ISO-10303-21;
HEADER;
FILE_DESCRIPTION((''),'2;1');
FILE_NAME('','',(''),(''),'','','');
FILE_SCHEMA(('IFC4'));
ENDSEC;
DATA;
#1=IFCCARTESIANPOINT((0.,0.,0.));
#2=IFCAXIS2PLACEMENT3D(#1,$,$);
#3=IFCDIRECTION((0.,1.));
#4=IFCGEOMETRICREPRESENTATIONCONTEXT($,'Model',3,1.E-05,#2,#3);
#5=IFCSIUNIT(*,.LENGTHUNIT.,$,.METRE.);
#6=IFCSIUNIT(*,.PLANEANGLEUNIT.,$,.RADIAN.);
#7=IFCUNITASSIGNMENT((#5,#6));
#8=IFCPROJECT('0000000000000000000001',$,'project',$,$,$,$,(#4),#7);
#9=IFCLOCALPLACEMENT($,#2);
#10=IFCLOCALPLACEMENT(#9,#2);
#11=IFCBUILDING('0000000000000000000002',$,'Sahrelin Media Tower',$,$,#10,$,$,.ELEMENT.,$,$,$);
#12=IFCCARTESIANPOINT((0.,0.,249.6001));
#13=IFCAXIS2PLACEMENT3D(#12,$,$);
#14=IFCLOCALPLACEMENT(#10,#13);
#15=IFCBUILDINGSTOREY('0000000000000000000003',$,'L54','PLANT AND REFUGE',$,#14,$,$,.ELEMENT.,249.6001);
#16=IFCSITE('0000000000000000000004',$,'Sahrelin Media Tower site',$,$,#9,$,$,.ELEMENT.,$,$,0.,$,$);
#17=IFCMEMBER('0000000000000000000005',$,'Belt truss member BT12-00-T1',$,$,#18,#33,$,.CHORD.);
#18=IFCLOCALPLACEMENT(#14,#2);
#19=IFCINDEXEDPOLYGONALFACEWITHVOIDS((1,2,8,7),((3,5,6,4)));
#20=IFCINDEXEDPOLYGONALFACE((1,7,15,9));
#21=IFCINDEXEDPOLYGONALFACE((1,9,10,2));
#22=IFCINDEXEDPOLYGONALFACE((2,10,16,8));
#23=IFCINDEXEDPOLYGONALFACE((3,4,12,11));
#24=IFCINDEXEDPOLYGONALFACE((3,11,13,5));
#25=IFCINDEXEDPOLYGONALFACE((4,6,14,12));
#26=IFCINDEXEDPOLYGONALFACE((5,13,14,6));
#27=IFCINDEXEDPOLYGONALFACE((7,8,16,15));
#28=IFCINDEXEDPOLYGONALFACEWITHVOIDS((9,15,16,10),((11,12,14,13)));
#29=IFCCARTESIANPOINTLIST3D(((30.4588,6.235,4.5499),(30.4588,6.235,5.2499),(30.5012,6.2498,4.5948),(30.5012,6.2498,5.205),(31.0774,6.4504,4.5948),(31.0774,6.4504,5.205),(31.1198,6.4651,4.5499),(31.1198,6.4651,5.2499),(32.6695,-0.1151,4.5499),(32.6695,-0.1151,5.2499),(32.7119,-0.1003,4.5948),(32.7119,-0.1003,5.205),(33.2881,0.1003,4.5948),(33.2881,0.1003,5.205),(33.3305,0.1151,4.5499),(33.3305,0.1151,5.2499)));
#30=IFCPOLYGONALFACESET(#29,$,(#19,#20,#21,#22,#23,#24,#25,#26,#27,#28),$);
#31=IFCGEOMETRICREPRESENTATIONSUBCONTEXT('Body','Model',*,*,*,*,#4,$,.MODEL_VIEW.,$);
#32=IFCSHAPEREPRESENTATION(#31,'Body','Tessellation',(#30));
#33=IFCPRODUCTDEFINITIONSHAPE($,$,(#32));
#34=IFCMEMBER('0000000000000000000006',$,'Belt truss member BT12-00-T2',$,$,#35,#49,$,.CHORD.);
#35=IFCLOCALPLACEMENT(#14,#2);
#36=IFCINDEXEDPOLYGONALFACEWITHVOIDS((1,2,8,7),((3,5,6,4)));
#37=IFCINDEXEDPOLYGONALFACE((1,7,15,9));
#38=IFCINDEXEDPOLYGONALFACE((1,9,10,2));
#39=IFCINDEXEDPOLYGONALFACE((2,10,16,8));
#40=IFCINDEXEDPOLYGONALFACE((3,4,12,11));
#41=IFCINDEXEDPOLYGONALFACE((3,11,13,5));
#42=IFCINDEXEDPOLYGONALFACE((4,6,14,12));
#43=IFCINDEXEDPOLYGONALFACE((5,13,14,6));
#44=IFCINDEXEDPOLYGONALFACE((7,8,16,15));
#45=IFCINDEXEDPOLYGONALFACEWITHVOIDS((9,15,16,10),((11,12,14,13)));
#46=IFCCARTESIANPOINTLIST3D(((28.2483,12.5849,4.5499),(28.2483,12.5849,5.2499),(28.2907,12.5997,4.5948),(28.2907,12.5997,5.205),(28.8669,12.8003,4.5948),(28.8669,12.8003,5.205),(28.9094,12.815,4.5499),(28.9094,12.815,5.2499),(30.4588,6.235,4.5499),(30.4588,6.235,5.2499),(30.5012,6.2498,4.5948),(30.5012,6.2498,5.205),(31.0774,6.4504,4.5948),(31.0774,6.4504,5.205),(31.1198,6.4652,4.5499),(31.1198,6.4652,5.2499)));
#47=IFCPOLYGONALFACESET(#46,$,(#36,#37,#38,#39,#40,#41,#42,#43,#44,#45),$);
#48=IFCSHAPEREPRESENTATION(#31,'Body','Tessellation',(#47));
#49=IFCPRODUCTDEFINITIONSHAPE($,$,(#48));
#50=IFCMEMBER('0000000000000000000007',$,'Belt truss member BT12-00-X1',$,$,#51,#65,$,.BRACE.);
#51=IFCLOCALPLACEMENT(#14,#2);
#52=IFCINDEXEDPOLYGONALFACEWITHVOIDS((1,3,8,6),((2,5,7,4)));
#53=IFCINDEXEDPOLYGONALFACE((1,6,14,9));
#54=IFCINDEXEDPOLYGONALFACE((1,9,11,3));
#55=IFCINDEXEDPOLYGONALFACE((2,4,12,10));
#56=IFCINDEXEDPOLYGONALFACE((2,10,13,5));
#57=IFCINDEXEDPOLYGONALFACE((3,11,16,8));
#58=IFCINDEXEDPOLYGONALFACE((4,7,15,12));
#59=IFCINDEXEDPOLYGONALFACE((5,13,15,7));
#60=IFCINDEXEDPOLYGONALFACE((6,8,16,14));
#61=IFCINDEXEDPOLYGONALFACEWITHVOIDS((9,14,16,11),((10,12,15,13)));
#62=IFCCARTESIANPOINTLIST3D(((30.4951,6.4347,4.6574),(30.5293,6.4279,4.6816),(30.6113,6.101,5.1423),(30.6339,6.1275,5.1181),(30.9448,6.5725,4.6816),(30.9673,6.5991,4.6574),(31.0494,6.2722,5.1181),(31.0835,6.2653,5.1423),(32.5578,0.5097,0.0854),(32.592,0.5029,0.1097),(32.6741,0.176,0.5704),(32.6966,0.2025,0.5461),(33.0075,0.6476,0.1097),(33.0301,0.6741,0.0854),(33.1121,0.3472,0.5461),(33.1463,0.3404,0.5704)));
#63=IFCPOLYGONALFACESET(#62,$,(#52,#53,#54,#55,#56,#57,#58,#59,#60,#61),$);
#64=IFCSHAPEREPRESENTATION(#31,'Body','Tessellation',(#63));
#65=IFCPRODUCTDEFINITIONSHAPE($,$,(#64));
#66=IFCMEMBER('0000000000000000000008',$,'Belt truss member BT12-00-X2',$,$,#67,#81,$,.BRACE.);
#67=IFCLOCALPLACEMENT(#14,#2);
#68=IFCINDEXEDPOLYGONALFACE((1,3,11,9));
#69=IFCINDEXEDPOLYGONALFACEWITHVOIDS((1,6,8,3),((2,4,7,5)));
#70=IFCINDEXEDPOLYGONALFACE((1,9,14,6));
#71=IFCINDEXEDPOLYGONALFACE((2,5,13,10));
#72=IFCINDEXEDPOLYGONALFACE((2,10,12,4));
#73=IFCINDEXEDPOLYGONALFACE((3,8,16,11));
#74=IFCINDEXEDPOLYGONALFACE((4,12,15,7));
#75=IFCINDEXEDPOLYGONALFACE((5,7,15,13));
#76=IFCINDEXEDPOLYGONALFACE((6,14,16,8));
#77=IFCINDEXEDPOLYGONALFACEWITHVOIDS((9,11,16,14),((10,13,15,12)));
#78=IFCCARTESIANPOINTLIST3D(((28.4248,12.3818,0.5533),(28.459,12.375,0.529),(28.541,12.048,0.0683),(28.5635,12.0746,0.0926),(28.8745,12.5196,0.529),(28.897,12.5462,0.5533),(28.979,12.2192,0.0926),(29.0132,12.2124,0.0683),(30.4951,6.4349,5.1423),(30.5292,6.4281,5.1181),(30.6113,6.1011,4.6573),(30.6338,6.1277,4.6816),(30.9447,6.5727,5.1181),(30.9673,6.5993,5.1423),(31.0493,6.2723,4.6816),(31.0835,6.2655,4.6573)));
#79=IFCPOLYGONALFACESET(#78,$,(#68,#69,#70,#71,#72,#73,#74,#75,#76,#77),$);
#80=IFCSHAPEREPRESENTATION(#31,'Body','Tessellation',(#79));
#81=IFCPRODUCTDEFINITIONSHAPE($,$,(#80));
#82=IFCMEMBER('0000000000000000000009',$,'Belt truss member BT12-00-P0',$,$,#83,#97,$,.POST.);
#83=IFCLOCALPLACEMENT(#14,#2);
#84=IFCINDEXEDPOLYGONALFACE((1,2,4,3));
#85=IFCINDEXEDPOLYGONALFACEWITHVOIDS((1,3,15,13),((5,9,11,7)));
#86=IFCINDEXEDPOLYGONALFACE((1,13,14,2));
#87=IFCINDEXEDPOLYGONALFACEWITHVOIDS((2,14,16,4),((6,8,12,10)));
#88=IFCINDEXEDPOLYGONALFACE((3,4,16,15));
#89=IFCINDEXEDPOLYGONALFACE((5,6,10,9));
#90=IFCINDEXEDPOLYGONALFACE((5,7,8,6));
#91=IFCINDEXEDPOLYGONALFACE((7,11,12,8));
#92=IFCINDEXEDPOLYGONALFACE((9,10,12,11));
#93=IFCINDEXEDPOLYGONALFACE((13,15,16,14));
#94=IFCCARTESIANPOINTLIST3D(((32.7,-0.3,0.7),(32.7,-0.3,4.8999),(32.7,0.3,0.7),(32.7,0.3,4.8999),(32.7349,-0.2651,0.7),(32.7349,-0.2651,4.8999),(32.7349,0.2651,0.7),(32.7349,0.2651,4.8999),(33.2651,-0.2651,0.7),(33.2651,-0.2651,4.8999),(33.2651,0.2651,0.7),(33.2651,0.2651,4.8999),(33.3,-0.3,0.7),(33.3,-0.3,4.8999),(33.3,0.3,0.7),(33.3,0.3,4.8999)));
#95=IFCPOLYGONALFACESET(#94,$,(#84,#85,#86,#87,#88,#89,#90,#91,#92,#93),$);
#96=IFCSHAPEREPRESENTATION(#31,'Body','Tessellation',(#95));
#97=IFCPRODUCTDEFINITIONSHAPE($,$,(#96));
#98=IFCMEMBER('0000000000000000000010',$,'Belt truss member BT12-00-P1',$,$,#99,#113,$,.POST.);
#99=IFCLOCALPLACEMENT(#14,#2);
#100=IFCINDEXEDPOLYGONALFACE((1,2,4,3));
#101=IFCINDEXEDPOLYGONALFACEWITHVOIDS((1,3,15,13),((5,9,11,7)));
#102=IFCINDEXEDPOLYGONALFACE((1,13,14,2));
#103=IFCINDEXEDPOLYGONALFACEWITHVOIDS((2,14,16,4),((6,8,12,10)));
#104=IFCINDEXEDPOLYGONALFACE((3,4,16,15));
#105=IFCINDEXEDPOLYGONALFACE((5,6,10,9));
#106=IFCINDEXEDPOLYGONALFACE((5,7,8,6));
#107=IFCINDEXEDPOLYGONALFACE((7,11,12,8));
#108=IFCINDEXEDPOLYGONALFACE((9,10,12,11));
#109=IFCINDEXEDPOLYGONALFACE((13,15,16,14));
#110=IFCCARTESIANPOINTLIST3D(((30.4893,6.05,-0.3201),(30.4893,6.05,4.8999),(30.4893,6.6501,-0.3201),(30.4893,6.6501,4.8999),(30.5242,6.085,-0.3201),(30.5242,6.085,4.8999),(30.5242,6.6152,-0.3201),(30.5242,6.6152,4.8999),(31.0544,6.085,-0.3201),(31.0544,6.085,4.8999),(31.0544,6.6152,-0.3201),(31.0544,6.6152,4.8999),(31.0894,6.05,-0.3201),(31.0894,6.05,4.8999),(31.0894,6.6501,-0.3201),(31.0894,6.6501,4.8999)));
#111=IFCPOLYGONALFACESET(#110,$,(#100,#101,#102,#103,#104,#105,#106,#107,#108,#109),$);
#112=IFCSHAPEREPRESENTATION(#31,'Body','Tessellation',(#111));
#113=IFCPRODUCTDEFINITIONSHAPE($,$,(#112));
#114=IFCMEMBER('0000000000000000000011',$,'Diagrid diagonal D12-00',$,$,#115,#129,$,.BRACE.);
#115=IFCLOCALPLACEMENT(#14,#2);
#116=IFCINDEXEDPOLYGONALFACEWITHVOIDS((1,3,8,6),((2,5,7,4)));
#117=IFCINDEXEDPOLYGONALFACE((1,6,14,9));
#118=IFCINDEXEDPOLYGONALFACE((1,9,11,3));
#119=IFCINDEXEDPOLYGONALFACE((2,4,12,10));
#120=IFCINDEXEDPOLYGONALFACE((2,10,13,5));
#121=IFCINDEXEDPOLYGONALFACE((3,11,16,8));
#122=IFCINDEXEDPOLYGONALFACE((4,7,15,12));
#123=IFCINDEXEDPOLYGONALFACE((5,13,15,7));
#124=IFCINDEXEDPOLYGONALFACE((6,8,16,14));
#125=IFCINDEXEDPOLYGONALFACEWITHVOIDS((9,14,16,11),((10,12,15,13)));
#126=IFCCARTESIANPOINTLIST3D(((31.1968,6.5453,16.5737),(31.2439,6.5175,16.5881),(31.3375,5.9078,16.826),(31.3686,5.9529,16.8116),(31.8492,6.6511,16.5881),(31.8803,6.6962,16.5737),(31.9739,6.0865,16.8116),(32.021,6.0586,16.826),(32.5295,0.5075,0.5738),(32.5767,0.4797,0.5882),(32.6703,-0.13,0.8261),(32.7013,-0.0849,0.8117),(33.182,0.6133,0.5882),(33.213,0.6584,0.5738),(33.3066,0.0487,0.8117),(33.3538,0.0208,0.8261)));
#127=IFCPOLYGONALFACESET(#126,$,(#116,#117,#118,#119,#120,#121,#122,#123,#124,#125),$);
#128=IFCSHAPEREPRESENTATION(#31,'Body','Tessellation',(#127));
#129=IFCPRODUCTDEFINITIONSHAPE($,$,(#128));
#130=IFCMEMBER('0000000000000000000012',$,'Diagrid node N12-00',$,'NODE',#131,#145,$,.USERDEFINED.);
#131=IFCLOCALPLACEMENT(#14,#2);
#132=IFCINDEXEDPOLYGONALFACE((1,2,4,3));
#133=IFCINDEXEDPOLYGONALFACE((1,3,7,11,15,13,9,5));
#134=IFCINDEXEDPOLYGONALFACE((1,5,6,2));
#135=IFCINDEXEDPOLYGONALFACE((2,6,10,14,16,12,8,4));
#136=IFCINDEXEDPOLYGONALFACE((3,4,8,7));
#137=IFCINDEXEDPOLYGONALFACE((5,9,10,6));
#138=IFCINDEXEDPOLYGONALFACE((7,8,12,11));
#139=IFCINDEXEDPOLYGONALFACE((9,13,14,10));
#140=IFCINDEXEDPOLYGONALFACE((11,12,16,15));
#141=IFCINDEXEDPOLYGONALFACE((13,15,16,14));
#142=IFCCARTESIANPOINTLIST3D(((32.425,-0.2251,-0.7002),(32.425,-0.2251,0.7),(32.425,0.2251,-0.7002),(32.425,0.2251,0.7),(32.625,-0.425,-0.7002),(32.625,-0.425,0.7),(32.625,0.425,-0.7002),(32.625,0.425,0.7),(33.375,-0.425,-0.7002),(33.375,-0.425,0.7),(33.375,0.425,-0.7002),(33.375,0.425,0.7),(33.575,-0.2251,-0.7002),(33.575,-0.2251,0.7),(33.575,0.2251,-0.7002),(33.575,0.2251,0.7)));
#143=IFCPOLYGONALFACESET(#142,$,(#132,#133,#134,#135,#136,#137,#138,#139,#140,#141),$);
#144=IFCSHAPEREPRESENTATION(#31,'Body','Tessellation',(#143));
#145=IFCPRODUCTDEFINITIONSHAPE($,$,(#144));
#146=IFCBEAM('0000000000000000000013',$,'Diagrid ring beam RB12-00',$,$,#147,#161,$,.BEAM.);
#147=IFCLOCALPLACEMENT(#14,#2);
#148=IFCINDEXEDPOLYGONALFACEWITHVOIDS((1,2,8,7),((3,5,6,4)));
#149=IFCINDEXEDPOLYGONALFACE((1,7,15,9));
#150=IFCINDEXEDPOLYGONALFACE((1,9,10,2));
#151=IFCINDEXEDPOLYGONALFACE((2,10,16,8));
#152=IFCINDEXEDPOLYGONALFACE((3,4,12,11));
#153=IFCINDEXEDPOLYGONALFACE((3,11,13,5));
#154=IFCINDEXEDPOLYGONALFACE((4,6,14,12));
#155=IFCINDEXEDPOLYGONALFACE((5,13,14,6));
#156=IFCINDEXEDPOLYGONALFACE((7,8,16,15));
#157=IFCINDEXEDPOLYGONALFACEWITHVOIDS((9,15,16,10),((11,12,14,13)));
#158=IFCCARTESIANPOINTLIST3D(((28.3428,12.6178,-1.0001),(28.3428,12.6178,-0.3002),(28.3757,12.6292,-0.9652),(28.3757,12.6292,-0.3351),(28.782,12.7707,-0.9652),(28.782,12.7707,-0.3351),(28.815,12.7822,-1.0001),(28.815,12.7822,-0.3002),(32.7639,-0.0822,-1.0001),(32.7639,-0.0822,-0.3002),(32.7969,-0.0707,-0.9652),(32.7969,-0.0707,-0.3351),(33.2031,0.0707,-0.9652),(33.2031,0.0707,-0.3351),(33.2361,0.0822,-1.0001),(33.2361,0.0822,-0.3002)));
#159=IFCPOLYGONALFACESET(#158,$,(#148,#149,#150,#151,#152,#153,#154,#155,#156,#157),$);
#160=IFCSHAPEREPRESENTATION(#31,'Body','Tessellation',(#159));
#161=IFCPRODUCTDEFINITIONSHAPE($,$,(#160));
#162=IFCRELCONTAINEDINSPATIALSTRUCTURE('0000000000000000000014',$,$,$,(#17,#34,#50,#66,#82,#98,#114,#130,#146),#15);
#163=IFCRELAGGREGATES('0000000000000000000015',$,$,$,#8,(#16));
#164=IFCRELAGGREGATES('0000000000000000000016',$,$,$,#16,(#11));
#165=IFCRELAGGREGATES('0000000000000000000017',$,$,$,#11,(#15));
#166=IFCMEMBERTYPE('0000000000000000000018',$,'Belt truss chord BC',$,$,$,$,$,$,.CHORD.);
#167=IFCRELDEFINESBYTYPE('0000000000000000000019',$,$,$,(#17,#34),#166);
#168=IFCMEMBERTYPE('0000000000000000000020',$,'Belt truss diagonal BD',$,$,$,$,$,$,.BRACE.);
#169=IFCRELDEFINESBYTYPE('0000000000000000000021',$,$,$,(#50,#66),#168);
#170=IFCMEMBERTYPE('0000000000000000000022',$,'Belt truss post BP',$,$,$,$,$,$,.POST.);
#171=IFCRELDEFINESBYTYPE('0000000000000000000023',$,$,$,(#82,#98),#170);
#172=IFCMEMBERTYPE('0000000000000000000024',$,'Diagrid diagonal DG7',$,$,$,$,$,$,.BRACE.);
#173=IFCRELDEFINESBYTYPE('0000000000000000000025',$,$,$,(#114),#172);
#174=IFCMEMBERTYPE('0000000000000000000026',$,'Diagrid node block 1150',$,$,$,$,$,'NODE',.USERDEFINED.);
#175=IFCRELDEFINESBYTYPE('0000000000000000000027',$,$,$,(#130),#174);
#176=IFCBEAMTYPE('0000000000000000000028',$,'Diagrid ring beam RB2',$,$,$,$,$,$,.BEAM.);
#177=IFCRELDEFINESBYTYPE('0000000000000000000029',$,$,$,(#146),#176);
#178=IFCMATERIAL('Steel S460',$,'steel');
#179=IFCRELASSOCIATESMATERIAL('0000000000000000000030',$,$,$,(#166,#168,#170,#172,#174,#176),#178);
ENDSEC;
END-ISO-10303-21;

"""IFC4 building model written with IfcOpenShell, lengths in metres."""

from ifc_helpers import new_model, si_unit, direction, frame, origin, origin_2d, place, context, subcontext, project, spatial, polyline, hollow_rectangle, outline, extrude, material, material_profile, profile_set, type_object, element, save


model = new_model("IFC4")

# Units and contexts
model_context = context("Model", 3, precision=1e-05, world=origin(), true_north=direction((0.0, 1.0)))
body_context = subcontext(model_context, "Body", "Model", "MODEL_VIEW")
ifc_project = project(units=[si_unit("LENGTHUNIT", "METRE"), si_unit("PLANEANGLEUNIT", "RADIAN")], contexts=[model_context])

# Site, building, storey
site_placement = place(None, origin())
site = spatial("IfcSite", under=ifc_project, at=site_placement, Name="Sahrelin Media Tower site", CompositionType="ELEMENT", RefElevation=0.0)
building_placement = place(site_placement, origin())
building = spatial("IfcBuilding", under=site, at=building_placement, Name="Sahrelin Media Tower", CompositionType="ELEMENT")
storey_placement = place(building_placement, frame((0.0, 0.0, 249.6001)))
storey = spatial("IfcBuildingStorey", under=building, at=storey_placement, Name="L54", Description="PLANT AND REFUGE", CompositionType="ELEMENT", Elevation=249.6001)

# Members
ifc_material_1 = material(Name="Steel S460", Category="steel")
ifc_material_profile_1 = material_profile(ifc_material_1, hollow_rectangle(XDim=0.7, YDim=0.7, WallThickness=0.0449, at=origin_2d()), Name="Belt truss chord BC")
ifc_profile_set_1 = profile_set([ifc_material_profile_1], Name="Steel S460")
member_type_1 = type_object("IfcMemberType", Name="Belt truss chord BC", PredefinedType="CHORD", material=ifc_profile_set_1)
member_1_placement = place(storey_placement, frame((33.0, 0.0, 4.8999), z_axis=(-0.328781, 0.944406, 0.0), x_axis=(-0.944406, -0.328781, 0.0)))
element("IfcMember", 1, at=member_1_placement, inside=storey, type_object=member_type_1, Name="Belt truss member BT12-00-T1", PredefinedType="CHORD", context=body_context, shape_type="SweptSolid", body=[
    extrude(hollow_rectangle(XDim=0.7, YDim=0.7, WallThickness=0.0449, at=origin_2d()), origin(), (0.0, 0.0, 1.0), 6.7239),
])
member_2_placement = place(storey_placement, frame((30.7893, 6.3501, 4.8999), z_axis=(-0.32876, 0.944413, 0.0), x_axis=(-0.944413, -0.32876, 0.0)))
element("IfcMember", 2, at=member_2_placement, inside=storey, type_object=member_type_1, Name="Belt truss member BT12-00-T2", PredefinedType="CHORD", context=body_context, shape_type="SweptSolid", body=[
    extrude(hollow_rectangle(XDim=0.7, YDim=0.7, WallThickness=0.0449, at=origin_2d()), origin(), (0.0, 0.0, 1.0), 6.7236),
])
ifc_material_profile_2 = material_profile(ifc_material_1, hollow_rectangle(XDim=0.5, YDim=0.6001, WallThickness=0.03, at=origin_2d()), Name="Belt truss diagonal BD")
ifc_profile_set_2 = profile_set([ifc_material_profile_2], Name="Steel S460")
member_type_2 = type_object("IfcMemberType", Name="Belt truss diagonal BD", PredefinedType="BRACE", material=ifc_profile_set_2)
member_3_placement = place(storey_placement, frame((32.8521, 0.425, 0.3279), z_axis=(-0.265714, 0.76324, 0.588949), x_axis=(-0.944405, -0.328785, 0.0)))
element("IfcMember", 3, at=member_3_placement, inside=storey, type_object=member_type_2, Name="Belt truss member BT12-00-X1", PredefinedType="BRACE", context=body_context, shape_type="SweptSolid", body=[
    extrude(hollow_rectangle(XDim=0.5, YDim=0.6001, WallThickness=0.03, at=origin_2d()), origin(), (0.0, 0.0, 1.0), 7.7629),
])
member_4_placement = place(storey_placement, frame((28.719, 12.2971, 0.3108), z_axis=(0.265702, -0.763234, 0.588962), x_axis=(0.944409, 0.328773, 0.0)))
element("IfcMember", 4, at=member_4_placement, inside=storey, type_object=member_type_2, Name="Belt truss member BT12-00-X2", PredefinedType="BRACE", context=body_context, shape_type="SweptSolid", body=[
    extrude(hollow_rectangle(XDim=0.5, YDim=0.6001, WallThickness=0.03, at=origin_2d()), origin(), (0.0, 0.0, 1.0), 7.7917),
])
ifc_material_profile_3 = material_profile(ifc_material_1, hollow_rectangle(XDim=0.6001, YDim=0.6001, WallThickness=0.0349, at=origin_2d()), Name="Belt truss post BP")
ifc_profile_set_3 = profile_set([ifc_material_profile_3], Name="Steel S460")
member_type_3 = type_object("IfcMemberType", Name="Belt truss post BP", PredefinedType="POST", material=ifc_profile_set_3)
member_5_placement = place(storey_placement, frame((33.0, 0.0, 0.7), z_axis=(0.0, 0.0, 1.0), x_axis=(1.0, 0.0, 0.0)))
element("IfcMember", 5, at=member_5_placement, inside=storey, type_object=member_type_3, Name="Belt truss member BT12-00-P0", PredefinedType="POST", context=body_context, shape_type="SweptSolid", body=[
    extrude(hollow_rectangle(XDim=0.6001, YDim=0.6001, WallThickness=0.0349, at=origin_2d()), origin(), (0.0, 0.0, 1.0), 4.2),
])
member_6_placement = place(storey_placement, frame((30.7893, 6.3501, -0.3201), z_axis=(0.0, 0.0, 1.0), x_axis=(1.0, 0.0, 0.0)))
element("IfcMember", 6, at=member_6_placement, inside=storey, type_object=member_type_3, Name="Belt truss member BT12-00-P1", PredefinedType="POST", context=body_context, shape_type="SweptSolid", body=[
    extrude(hollow_rectangle(XDim=0.6001, YDim=0.6001, WallThickness=0.0349, at=origin_2d()), origin(), (0.0, 0.0, 1.0), 5.22),
])
ifc_material_profile_4 = material_profile(ifc_material_1, hollow_rectangle(XDim=0.7, YDim=0.7, WallThickness=0.04, at=origin_2d()), Name="Diagrid diagonal DG7")
ifc_profile_set_4 = profile_set([ifc_material_profile_4], Name="Steel S460")
member_type_4 = type_object("IfcMemberType", Name="Diagrid diagonal DG7", PredefinedType="BRACE", material=ifc_profile_set_4)
member_7_placement = place(storey_placement, frame((32.9417, 0.2642, 0.7), z_axis=(-0.077698, 0.351995, 0.932771), x_axis=(-0.976494, -0.215546, 0.0)))
element("IfcMember", 7, at=member_7_placement, inside=storey, type_object=member_type_4, Name="Diagrid diagonal D12-00", PredefinedType="BRACE", context=body_context, shape_type="SweptSolid", body=[
    extrude(hollow_rectangle(XDim=0.7, YDim=0.7, WallThickness=0.04, at=origin_2d()), origin(), (0.0, 0.0, 1.0), 17.1531),
])
ifc_material_profile_5 = material_profile(ifc_material_1, outline(polyline([(0.375, -0.425), (0.575, -0.2251), (0.575, 0.2251), (0.375, 0.425), (-0.375, 0.425), (-0.575, 0.2251), (-0.575, -0.2251), (-0.375, -0.425), (0.375, -0.425)])), Name="Diagrid node block 1150")
ifc_profile_set_5 = profile_set([ifc_material_profile_5], Name="Steel S460")
member_type_5 = type_object("IfcMemberType", Name="Diagrid node block 1150", ElementType="NODE", PredefinedType="USERDEFINED", material=ifc_profile_set_5)
member_8_placement = place(storey_placement, frame((33.0, 0.0, -0.7002), z_axis=(0.0, 0.0, 1.0), x_axis=(1.0, 0.0, 0.0)))
element("IfcMember", 8, at=member_8_placement, inside=storey, type_object=member_type_5, Name="Diagrid node N12-00", ObjectType="NODE", PredefinedType="USERDEFINED", context=body_context, shape_type="SweptSolid", body=[
    extrude(outline(polyline([(0.375, -0.425), (0.575, -0.2251), (0.575, 0.2251), (0.375, 0.425), (-0.375, 0.425), (-0.575, 0.2251), (-0.575, -0.2251), (-0.375, -0.425), (0.375, -0.425)])), origin(), (0.0, 0.0, 1.0), 1.4001),
])

# Beam
ifc_material_profile_6 = material_profile(ifc_material_1, hollow_rectangle(XDim=0.5, YDim=0.7, WallThickness=0.0349, at=origin_2d()), Name="Diagrid ring beam RB2")
ifc_profile_set_6 = profile_set([ifc_material_profile_6], Name="Steel S460")
beam_type_1 = type_object("IfcBeamType", Name="Diagrid ring beam RB2", PredefinedType="BEAM", material=ifc_profile_set_6)
beam_1_placement = place(storey_placement, frame((33.0, 0.0, -0.6501), z_axis=(-0.328771, 0.94441, 0.0), x_axis=(-0.94441, -0.328771, 0.0)))
element("IfcBeam", 9, at=beam_1_placement, inside=storey, type_object=beam_type_1, Name="Diagrid ring beam RB12-00", PredefinedType="BEAM", context=body_context, shape_type="SweptSolid", body=[
    extrude(hollow_rectangle(XDim=0.5, YDim=0.7, WallThickness=0.0349, at=origin_2d()), origin(), (0.0, 0.0, 1.0), 13.4475),
])

save(model, "model.ifc")
